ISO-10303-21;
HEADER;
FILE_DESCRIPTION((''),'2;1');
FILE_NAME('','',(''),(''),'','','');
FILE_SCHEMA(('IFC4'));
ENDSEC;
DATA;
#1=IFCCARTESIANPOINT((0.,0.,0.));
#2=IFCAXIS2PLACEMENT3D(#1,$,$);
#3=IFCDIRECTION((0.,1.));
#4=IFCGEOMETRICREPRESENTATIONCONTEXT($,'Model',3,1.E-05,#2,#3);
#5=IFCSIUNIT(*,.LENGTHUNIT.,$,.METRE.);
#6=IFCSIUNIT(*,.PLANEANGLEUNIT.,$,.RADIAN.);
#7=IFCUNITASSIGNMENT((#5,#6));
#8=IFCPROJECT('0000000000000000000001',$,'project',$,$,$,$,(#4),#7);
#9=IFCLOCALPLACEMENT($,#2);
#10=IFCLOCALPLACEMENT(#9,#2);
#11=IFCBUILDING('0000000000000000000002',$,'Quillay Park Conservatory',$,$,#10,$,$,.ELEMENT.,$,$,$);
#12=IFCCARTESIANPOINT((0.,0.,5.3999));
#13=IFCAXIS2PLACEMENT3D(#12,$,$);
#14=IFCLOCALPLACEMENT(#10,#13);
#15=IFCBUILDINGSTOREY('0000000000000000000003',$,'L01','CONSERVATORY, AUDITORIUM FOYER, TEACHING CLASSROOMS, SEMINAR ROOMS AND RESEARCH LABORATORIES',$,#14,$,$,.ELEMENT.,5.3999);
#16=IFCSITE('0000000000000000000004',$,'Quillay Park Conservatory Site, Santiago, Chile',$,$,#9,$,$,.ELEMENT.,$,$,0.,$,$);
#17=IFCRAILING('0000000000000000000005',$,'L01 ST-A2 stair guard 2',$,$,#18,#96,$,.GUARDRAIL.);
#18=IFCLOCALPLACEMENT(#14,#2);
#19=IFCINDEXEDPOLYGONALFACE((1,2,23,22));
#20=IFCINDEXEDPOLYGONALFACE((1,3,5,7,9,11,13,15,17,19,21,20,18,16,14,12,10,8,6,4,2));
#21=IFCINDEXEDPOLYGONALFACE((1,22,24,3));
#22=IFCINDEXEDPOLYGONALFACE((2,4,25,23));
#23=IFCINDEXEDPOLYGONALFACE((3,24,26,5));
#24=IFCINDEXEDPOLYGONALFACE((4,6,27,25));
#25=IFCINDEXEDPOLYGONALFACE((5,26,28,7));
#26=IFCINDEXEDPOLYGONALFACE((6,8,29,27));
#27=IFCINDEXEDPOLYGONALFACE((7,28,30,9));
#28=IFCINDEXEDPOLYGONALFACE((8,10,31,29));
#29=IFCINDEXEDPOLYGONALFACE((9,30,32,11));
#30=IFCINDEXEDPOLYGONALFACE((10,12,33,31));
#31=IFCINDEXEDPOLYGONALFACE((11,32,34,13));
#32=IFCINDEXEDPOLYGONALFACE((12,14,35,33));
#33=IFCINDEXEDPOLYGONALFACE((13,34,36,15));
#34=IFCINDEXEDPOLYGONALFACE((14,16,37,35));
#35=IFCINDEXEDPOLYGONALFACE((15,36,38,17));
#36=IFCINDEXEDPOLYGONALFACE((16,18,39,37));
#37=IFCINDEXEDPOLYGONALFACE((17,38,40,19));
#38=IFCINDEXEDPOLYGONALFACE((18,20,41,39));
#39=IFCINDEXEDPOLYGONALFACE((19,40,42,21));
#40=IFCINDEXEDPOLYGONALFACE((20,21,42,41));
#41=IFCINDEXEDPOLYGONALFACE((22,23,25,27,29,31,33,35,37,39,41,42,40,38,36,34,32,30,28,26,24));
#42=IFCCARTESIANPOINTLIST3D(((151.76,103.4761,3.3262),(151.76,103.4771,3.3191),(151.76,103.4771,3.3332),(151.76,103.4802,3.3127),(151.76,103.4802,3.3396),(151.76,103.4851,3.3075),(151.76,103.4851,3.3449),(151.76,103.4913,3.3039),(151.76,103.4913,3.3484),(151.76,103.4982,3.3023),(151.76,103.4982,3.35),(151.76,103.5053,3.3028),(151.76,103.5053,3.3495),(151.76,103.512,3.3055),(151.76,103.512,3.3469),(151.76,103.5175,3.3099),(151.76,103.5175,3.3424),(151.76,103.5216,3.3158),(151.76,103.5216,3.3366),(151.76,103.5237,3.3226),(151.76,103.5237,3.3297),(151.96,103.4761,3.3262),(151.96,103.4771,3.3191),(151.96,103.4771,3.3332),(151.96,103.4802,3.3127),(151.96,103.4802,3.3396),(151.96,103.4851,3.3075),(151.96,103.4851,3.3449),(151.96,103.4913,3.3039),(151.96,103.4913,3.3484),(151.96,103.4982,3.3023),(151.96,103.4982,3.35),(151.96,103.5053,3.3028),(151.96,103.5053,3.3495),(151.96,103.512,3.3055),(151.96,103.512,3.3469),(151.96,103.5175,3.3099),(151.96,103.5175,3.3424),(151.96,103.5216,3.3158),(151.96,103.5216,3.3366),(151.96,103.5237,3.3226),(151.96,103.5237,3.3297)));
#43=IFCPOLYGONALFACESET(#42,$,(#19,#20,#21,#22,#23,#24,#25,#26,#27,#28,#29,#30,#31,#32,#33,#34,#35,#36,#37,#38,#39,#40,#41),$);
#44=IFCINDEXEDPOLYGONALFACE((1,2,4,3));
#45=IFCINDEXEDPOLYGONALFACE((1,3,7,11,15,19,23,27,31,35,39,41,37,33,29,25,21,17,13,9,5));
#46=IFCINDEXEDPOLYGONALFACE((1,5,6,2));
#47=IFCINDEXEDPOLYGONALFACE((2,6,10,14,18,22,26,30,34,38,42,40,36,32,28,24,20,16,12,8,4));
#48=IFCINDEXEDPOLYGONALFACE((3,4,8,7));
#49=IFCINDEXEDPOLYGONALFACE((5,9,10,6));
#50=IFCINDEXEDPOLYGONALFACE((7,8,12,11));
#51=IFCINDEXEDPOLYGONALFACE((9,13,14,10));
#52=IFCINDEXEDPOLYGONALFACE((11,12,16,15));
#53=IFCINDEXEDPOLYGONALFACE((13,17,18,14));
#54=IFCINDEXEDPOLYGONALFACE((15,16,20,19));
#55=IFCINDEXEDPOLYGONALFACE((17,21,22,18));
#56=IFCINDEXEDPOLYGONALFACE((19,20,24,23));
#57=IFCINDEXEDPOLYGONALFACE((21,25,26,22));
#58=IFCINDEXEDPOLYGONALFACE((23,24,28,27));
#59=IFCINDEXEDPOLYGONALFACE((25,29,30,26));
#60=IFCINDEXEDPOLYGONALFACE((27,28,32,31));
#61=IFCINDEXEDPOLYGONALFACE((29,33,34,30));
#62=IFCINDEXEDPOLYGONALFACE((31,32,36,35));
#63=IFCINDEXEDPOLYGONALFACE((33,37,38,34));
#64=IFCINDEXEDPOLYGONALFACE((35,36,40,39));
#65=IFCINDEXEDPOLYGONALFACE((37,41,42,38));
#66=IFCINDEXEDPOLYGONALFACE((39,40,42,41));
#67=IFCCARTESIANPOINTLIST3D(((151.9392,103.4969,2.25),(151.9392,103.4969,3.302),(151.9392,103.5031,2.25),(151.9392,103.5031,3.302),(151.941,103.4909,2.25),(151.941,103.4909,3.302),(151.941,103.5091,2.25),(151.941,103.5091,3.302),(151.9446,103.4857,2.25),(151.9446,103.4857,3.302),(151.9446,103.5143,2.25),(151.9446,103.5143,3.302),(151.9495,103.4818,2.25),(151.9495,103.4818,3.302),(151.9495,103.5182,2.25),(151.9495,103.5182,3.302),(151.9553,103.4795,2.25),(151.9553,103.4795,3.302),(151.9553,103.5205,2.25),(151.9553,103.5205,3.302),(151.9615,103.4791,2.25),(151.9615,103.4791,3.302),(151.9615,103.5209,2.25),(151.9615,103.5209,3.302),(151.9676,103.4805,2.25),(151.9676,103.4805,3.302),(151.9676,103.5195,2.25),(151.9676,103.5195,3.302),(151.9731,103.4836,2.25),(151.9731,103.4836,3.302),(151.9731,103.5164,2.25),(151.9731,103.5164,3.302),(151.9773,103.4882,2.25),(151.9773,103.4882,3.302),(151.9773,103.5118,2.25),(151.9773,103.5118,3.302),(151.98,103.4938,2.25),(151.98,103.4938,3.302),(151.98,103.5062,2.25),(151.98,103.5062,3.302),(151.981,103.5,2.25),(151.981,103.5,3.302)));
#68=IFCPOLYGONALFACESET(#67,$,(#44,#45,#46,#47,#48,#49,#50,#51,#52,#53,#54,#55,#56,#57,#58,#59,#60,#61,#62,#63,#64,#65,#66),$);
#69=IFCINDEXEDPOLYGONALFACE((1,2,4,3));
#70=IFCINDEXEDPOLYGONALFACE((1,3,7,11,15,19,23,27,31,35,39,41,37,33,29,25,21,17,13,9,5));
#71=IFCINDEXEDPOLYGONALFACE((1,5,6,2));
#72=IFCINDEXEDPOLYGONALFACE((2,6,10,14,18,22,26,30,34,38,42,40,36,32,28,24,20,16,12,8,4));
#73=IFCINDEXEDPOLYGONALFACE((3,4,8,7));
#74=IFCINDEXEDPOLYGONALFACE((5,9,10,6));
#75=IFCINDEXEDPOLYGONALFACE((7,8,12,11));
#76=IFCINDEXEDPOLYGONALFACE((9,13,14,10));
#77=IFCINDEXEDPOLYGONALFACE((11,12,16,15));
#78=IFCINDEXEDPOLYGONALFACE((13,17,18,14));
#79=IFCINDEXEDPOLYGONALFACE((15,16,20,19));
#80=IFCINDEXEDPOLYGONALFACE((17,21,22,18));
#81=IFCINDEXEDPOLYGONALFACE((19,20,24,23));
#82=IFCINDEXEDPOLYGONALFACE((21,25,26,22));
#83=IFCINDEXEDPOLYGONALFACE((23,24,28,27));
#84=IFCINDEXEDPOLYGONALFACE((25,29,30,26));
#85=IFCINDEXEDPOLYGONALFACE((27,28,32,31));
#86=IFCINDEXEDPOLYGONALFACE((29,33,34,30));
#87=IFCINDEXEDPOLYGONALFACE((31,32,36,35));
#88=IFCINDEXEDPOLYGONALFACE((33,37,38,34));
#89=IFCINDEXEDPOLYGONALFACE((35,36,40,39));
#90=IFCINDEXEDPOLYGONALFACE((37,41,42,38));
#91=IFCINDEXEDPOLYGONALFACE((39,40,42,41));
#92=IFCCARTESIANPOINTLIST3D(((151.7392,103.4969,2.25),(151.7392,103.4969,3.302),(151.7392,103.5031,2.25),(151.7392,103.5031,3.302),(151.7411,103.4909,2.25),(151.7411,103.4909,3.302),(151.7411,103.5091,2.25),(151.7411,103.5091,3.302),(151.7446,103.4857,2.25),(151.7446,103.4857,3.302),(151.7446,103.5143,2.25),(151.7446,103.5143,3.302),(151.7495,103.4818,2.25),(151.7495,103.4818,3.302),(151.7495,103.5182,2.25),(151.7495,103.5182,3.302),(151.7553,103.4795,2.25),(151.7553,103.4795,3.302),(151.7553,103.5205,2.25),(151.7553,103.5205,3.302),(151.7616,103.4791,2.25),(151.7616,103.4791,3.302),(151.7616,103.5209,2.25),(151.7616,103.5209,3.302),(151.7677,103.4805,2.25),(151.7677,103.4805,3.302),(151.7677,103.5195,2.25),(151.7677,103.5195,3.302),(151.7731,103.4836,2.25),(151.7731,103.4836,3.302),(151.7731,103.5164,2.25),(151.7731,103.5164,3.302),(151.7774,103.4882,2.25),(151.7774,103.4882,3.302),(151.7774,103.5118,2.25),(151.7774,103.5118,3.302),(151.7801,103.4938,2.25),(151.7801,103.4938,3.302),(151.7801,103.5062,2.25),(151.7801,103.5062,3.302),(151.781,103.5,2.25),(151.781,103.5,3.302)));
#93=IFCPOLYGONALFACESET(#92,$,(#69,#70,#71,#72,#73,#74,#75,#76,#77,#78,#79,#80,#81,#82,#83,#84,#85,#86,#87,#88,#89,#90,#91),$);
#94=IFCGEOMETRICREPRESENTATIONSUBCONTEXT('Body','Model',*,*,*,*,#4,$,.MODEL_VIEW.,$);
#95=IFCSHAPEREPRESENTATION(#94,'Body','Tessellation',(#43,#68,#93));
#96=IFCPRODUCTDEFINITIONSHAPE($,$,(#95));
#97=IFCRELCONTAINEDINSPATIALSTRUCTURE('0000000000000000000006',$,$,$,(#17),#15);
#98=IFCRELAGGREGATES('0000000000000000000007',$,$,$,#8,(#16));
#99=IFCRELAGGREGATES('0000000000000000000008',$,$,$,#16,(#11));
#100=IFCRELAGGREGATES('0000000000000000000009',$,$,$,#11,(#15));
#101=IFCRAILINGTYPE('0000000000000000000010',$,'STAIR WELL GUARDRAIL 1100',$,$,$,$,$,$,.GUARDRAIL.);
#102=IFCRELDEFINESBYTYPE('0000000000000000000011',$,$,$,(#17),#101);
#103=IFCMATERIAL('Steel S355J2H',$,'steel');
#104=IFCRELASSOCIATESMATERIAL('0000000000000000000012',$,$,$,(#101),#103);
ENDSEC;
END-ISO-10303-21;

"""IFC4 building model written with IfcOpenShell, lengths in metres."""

from ifc_helpers import new_model, si_unit, direction, frame, origin, origin_2d, place, context, subcontext, project, spatial, circle, extrude, material, type_object, element, save


model = new_model("IFC4")

# Units and contexts
model_context = context("Model", 3, precision=1e-05, world=origin(), true_north=direction((0.0, 1.0)))
body_context = subcontext(model_context, "Body", "Model", "MODEL_VIEW")
ifc_project = project(units=[si_unit("LENGTHUNIT", "METRE"), si_unit("PLANEANGLEUNIT", "RADIAN")], contexts=[model_context])

# Site, building, storey
site_placement = place(None, origin())
site = spatial("IfcSite", under=ifc_project, at=site_placement, Name="Quillay Park Conservatory Site, Santiago, Chile", CompositionType="ELEMENT", RefElevation=0.0)
building_placement = place(site_placement, origin())
building = spatial("IfcBuilding", under=site, at=building_placement, Name="Quillay Park Conservatory", CompositionType="ELEMENT")
storey_placement = place(building_placement, frame((0.0, 0.0, 5.3999)))
storey = spatial("IfcBuildingStorey", under=building, at=storey_placement, Name="L01", Description="CONSERVATORY, AUDITORIUM FOYER, TEACHING CLASSROOMS, SEMINAR ROOMS AND RESEARCH LABORATORIES", CompositionType="ELEMENT", Elevation=5.3999)

# Railing
ifc_material_1 = material(Name="Steel S355J2H", Category="steel")
railing_type_1 = type_object("IfcRailingType", Name="STAIR WELL GUARDRAIL 1100", PredefinedType="GUARDRAIL", material=ifc_material_1)
railing_1_placement = place(storey_placement, frame((151.96, 103.5, 2.25)))
element("IfcRailing", 1, at=railing_1_placement, inside=storey, type_object=railing_type_1, Name="L01 ST-A2 stair guard 2", PredefinedType="GUARDRAIL", context=body_context, shape_type="SweptSolid", body=[
    extrude(circle(Radius=0.0239, at=origin_2d()), frame((0.0, 0.0, 1.0762), z_axis=(-1.0, 0.0, 0.0), x_axis=(0.0, -1.0, 0.0)), (0.0, 0.0, 1.0), 0.2),
    extrude(circle(Radius=0.021, at=origin_2d()), origin(), (0.0, 0.0, 1.0), 1.052),
    extrude(circle(Radius=0.021, at=origin_2d()), frame((-0.2, 0.0, 0.0)), (0.0, 0.0, 1.0), 1.052),
])

save(model, "model.ifc")
